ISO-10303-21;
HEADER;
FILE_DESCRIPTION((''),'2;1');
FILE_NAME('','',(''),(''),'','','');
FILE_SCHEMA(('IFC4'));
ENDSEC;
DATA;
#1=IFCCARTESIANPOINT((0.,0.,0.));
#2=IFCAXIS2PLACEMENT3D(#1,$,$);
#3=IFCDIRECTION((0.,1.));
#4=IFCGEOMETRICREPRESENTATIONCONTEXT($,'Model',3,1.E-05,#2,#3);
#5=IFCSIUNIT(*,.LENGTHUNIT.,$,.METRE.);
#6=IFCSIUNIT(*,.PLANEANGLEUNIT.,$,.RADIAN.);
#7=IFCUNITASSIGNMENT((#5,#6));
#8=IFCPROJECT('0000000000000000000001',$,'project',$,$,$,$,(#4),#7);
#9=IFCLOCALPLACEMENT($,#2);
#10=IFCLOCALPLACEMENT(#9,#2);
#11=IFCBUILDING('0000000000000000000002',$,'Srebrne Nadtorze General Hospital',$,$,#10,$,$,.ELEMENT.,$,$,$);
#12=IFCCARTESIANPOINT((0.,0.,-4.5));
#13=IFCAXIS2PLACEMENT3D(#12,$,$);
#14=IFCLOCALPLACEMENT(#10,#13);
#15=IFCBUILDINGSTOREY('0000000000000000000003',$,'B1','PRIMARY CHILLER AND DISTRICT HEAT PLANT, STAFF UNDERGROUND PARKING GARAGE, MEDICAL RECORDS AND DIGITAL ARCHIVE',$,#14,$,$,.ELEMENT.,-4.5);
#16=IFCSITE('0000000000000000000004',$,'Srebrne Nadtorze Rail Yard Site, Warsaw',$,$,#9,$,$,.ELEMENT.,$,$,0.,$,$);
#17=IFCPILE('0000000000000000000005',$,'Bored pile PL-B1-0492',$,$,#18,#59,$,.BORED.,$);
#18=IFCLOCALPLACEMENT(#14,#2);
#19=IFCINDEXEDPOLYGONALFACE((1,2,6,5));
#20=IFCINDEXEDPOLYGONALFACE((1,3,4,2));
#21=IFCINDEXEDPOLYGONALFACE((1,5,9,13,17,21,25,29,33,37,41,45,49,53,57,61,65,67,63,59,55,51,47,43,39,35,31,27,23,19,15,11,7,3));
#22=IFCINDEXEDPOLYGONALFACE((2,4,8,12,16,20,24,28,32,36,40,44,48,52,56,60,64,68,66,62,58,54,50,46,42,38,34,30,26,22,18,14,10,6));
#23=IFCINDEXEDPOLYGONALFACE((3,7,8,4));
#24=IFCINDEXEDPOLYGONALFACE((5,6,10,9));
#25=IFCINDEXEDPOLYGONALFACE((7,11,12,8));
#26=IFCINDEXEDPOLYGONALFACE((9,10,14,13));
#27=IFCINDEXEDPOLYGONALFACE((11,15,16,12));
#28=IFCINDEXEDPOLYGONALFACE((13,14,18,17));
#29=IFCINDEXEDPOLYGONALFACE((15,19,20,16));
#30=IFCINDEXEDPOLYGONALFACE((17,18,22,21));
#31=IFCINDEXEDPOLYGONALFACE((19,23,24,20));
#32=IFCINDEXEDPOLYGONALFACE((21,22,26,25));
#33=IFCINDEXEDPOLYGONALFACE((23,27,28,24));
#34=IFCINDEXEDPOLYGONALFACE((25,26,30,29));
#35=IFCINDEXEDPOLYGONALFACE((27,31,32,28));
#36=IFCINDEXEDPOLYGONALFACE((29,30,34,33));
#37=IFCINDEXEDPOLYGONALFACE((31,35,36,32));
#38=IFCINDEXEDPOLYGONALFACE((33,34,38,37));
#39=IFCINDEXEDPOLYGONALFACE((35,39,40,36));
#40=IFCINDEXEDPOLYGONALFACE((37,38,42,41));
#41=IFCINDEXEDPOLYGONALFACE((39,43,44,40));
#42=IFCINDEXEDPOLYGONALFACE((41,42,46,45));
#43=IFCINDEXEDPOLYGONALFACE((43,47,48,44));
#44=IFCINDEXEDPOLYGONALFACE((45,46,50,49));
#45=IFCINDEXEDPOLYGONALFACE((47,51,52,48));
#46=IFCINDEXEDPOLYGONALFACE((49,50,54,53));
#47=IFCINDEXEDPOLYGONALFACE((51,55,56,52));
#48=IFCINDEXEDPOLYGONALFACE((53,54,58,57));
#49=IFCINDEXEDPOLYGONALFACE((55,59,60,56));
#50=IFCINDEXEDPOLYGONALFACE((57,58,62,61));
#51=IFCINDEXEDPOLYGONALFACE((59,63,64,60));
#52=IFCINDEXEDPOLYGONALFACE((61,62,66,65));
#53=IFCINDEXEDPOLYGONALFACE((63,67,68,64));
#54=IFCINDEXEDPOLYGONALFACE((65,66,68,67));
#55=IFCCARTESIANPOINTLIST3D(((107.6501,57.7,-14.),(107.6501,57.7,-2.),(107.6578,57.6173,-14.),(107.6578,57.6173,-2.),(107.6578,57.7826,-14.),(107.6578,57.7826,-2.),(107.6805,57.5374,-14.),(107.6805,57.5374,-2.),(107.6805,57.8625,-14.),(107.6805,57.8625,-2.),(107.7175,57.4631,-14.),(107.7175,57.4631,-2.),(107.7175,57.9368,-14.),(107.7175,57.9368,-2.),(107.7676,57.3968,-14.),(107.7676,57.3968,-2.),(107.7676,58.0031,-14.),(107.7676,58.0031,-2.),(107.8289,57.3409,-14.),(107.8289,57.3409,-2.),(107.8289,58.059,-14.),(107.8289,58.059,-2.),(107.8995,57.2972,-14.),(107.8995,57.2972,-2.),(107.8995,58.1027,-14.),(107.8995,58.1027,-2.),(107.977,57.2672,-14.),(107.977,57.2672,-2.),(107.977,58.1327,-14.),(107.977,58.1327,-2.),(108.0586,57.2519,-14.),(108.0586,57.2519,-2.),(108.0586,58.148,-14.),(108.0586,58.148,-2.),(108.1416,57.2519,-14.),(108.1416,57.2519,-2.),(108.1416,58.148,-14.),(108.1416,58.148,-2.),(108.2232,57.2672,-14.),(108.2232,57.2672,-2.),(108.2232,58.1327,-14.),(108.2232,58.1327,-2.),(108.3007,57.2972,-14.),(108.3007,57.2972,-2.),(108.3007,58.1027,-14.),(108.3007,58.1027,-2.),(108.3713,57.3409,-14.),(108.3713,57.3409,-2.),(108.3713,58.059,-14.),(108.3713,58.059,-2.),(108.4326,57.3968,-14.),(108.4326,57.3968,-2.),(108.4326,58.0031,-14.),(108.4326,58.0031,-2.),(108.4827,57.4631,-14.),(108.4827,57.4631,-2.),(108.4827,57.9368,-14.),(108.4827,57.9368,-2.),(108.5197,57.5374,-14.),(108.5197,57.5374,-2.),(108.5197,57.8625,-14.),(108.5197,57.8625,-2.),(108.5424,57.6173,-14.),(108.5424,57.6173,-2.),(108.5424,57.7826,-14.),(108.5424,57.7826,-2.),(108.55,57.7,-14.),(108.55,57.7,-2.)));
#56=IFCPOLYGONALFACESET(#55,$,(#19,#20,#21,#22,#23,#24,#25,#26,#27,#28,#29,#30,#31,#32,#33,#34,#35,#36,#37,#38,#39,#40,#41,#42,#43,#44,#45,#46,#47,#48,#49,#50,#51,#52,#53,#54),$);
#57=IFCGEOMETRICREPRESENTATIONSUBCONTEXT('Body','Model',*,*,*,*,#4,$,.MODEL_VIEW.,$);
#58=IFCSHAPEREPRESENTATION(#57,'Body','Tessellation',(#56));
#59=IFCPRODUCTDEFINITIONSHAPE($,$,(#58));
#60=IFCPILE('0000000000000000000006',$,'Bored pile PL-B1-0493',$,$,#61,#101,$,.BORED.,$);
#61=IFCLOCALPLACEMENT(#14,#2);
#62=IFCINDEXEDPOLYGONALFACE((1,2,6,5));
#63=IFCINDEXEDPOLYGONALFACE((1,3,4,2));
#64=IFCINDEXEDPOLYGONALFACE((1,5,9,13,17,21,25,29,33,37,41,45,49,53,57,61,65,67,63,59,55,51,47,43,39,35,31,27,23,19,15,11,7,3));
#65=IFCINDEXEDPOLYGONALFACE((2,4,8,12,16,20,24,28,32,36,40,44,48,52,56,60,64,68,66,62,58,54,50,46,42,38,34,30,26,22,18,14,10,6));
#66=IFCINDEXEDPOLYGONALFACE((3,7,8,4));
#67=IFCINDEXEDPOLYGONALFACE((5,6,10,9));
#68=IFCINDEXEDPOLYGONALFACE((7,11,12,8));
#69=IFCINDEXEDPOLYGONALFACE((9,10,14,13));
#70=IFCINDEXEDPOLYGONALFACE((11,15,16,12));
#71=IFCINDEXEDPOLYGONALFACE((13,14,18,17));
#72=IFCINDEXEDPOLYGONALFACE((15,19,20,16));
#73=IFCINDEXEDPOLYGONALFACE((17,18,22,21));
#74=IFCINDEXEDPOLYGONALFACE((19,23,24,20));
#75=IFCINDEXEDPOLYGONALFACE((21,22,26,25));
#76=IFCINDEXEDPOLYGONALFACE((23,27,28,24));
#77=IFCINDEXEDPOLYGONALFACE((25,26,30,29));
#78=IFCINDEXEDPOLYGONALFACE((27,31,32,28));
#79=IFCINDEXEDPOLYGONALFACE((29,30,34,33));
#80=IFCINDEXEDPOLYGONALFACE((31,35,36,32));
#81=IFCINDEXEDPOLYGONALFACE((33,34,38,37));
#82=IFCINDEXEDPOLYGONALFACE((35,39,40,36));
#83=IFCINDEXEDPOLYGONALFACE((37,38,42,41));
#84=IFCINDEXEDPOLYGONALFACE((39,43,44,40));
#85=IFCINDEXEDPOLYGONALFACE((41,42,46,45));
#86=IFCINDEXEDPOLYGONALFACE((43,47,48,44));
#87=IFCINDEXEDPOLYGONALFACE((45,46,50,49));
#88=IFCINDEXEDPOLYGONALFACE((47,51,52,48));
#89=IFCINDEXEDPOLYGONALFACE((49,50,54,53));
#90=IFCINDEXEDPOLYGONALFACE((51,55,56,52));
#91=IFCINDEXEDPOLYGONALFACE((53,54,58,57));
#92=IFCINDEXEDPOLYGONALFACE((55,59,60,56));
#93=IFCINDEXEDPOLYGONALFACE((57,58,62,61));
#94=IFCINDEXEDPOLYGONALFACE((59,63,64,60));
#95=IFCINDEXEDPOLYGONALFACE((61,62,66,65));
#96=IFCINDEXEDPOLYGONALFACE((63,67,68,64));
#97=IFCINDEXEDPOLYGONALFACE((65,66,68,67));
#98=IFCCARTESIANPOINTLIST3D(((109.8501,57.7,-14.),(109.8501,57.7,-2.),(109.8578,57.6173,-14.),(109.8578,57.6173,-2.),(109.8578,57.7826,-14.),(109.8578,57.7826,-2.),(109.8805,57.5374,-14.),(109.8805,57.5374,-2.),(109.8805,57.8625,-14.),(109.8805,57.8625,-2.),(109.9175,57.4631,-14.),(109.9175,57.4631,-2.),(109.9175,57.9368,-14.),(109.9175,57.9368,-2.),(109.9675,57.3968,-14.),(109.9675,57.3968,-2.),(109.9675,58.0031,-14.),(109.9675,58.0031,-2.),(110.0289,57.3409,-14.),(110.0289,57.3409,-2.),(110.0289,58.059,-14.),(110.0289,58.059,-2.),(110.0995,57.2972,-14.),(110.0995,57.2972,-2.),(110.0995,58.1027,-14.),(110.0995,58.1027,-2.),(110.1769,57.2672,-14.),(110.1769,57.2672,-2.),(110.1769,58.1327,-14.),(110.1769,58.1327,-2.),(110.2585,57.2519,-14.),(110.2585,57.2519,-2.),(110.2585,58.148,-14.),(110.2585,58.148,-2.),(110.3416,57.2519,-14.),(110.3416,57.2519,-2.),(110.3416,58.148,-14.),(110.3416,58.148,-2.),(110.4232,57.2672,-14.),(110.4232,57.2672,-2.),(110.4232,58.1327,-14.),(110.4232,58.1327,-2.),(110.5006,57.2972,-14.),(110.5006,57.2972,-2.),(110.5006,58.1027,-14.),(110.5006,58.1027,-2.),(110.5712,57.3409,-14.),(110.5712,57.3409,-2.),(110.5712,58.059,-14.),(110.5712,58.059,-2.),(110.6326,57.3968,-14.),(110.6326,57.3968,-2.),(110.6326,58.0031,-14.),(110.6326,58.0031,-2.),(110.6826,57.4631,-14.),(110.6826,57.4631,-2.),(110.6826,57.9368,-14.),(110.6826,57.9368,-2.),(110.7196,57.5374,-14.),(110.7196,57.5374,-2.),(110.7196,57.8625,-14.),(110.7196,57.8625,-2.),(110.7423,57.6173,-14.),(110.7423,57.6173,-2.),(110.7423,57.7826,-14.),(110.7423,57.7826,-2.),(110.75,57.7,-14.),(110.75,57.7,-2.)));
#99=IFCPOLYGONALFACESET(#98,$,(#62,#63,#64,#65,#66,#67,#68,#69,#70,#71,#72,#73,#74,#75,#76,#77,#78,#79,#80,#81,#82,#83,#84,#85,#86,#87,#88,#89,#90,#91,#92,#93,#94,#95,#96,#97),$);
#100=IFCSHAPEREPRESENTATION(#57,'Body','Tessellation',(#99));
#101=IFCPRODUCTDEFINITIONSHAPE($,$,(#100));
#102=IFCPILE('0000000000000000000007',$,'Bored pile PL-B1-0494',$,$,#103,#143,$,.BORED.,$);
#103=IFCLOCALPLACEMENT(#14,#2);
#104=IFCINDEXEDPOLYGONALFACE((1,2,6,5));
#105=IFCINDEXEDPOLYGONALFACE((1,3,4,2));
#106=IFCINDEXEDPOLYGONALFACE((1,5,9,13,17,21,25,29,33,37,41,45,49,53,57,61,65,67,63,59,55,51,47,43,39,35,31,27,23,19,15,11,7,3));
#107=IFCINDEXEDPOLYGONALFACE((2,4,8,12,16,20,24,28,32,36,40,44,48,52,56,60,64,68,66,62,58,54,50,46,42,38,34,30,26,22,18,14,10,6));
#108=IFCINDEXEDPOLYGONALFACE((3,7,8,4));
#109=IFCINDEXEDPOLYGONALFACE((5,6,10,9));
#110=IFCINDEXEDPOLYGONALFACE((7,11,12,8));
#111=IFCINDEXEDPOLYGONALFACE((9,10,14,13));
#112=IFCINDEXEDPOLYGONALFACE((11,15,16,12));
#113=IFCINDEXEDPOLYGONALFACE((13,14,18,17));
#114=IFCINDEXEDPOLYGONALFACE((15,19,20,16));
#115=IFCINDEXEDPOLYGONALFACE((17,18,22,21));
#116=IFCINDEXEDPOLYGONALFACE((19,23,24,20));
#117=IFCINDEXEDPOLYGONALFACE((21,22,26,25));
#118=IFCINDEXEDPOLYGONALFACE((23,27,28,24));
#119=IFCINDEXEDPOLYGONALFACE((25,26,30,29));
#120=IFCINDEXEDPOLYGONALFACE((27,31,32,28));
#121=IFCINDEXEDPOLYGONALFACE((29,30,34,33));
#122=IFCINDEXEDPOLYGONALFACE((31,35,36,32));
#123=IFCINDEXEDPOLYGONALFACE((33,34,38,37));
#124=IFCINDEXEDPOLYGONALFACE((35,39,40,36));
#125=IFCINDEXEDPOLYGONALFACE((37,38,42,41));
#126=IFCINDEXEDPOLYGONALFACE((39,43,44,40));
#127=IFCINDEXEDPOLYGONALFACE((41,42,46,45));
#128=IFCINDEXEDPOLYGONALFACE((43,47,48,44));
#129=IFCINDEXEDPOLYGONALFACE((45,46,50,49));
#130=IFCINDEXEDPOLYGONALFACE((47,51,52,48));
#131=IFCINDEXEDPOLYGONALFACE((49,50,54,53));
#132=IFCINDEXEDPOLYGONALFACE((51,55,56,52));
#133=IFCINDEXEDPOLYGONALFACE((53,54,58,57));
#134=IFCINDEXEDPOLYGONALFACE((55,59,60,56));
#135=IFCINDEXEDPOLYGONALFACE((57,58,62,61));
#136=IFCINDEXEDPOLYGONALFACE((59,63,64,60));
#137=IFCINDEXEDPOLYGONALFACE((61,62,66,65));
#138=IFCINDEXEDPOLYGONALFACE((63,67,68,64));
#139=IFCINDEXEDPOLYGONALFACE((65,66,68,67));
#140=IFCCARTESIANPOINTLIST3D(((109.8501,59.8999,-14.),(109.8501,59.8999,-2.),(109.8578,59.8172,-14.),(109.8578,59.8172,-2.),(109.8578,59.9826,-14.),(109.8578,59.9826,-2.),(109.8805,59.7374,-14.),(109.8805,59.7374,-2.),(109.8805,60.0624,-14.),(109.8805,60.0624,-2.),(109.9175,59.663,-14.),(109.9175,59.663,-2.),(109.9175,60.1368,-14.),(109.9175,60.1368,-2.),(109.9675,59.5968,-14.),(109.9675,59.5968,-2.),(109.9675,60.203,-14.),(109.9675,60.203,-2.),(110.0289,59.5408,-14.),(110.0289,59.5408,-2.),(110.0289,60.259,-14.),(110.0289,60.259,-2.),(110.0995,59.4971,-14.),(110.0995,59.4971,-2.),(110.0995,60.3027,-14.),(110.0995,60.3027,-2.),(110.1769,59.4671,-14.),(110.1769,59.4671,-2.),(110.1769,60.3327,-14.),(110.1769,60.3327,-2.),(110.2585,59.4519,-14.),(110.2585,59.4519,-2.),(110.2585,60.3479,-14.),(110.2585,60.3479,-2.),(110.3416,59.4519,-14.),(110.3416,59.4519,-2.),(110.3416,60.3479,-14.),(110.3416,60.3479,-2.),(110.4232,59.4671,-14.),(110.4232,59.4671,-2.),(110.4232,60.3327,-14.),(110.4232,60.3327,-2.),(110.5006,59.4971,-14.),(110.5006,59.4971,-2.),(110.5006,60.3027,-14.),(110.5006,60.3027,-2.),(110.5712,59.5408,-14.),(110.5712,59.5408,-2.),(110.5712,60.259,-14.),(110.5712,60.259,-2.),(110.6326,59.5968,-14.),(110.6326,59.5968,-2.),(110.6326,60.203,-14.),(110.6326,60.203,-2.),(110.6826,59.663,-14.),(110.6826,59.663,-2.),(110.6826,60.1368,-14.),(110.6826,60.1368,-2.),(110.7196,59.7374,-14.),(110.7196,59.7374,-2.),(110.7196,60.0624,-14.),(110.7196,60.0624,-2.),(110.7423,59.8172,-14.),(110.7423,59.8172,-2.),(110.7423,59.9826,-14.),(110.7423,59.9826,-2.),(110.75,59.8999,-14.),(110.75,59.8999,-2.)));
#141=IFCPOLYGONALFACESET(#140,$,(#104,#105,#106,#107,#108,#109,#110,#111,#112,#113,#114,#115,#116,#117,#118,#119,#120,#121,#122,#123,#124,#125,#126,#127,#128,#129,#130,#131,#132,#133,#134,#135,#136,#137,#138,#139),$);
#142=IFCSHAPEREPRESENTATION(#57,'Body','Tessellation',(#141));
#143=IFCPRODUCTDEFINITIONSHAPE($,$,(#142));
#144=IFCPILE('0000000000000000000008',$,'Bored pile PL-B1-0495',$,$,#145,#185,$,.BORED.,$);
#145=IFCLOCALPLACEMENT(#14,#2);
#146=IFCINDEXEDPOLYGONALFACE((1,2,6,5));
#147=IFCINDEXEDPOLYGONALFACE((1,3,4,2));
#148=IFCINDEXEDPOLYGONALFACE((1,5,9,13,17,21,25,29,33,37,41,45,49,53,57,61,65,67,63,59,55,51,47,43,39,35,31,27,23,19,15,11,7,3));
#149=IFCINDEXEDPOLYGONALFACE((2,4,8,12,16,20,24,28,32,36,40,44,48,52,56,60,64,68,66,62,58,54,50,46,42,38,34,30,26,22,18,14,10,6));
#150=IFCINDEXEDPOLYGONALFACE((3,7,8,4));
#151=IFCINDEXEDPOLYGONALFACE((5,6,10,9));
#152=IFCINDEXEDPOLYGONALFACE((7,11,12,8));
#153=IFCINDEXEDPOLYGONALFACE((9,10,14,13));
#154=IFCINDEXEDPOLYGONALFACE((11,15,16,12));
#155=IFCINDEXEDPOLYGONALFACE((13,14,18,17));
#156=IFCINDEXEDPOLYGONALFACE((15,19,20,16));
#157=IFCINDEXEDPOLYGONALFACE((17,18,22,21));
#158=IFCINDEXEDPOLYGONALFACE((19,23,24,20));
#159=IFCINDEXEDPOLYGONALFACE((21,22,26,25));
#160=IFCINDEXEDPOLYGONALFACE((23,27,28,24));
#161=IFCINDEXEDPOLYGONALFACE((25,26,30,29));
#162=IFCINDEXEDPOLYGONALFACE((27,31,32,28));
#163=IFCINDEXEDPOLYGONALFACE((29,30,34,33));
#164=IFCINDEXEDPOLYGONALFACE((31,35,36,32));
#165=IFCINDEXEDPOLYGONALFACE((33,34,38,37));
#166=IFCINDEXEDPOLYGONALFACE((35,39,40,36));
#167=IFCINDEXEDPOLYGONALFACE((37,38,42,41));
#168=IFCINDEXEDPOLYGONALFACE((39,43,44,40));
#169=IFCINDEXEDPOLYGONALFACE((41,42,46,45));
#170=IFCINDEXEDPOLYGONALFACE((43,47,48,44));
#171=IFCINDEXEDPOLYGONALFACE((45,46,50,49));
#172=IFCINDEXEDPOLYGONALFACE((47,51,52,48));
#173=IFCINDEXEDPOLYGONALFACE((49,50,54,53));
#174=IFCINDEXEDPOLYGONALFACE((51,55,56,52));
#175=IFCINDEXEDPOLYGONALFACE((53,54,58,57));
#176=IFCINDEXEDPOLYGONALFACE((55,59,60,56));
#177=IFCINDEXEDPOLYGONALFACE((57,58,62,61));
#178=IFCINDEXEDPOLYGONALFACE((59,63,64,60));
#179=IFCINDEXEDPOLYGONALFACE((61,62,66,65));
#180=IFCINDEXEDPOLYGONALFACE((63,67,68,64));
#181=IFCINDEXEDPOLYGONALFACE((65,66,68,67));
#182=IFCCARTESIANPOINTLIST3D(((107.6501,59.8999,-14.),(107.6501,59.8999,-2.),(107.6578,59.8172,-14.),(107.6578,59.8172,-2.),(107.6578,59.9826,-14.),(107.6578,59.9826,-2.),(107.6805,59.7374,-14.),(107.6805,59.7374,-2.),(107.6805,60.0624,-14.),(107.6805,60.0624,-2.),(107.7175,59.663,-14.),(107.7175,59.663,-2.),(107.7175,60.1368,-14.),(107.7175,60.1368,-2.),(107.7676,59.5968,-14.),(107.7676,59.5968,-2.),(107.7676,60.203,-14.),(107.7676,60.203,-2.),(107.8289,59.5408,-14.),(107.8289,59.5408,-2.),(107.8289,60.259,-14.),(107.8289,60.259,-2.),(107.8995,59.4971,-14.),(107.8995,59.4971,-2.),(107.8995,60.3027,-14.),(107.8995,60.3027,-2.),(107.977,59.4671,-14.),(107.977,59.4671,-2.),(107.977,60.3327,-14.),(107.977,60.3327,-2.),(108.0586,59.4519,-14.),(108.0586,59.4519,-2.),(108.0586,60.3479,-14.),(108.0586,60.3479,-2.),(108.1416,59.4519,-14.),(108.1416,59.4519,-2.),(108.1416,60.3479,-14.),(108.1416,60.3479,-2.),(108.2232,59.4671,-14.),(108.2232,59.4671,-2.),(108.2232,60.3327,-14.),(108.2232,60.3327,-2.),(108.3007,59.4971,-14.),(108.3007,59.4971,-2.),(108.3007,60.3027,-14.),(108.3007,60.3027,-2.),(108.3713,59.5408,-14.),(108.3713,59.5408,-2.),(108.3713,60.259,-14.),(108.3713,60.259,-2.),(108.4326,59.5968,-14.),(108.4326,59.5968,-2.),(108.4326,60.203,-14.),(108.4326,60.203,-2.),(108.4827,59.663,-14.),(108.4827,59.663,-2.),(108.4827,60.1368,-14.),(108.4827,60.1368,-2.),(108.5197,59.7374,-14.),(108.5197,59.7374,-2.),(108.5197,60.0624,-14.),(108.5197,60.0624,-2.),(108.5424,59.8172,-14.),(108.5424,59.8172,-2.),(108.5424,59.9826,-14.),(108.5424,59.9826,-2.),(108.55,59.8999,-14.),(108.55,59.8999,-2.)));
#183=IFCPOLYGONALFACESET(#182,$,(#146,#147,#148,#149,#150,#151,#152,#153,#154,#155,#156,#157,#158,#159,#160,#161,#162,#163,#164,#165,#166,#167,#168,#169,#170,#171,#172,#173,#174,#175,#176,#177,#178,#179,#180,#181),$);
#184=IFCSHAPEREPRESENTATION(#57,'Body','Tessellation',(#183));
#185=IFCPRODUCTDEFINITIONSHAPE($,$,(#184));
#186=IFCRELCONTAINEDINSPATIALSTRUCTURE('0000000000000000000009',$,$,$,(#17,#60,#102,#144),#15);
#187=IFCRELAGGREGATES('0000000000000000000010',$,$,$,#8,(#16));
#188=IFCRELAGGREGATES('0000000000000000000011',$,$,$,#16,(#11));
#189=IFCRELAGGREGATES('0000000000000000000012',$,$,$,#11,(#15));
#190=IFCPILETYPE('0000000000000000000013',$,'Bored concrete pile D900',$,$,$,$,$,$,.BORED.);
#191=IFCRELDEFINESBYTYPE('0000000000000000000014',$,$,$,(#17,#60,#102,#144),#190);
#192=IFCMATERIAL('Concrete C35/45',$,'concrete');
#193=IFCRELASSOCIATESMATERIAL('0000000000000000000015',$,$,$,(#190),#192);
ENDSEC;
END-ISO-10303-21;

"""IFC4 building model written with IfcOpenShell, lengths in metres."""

from ifc_helpers import new_model, si_unit, direction, frame, origin, origin_2d, place, context, subcontext, project, spatial, circle, extrude, material, material_profile, profile_set, type_object, element, save


model = new_model("IFC4")

# Units and contexts
model_context = context("Model", 3, precision=1e-05, world=origin(), true_north=direction((0.0, 1.0)))
body_context = subcontext(model_context, "Body", "Model", "MODEL_VIEW")
ifc_project = project(units=[si_unit("LENGTHUNIT", "METRE"), si_unit("PLANEANGLEUNIT", "RADIAN")], contexts=[model_context])

# Site, building, storey
site_placement = place(None, origin())
site = spatial("IfcSite", under=ifc_project, at=site_placement, Name="Srebrne Nadtorze Rail Yard Site, Warsaw", CompositionType="ELEMENT", RefElevation=0.0)
building_placement = place(site_placement, origin())
building = spatial("IfcBuilding", under=site, at=building_placement, Name="Srebrne Nadtorze General Hospital", CompositionType="ELEMENT")
storey_placement = place(building_placement, frame((0.0, 0.0, -4.5)))
storey = spatial("IfcBuildingStorey", under=building, at=storey_placement, Name="B1", Description="PRIMARY CHILLER AND DISTRICT HEAT PLANT, STAFF UNDERGROUND PARKING GARAGE, MEDICAL RECORDS AND DIGITAL ARCHIVE", CompositionType="ELEMENT", Elevation=-4.5)

# Piles
ifc_material_1 = material(Name="Concrete C35/45", Category="concrete")
ifc_material_profile_1 = material_profile(ifc_material_1, circle(Radius=0.45, at=origin_2d()), Name="PILE-D900")
ifc_profile_set_1 = profile_set([ifc_material_profile_1], Name="Concrete C35/45")
pile_type_1 = type_object("IfcPileType", Name="Bored concrete pile D900", PredefinedType="BORED", material=ifc_profile_set_1)
for number, where, z_axis, x_axis, name in (
    (1, (108.1001, 57.7, -2.0), (0.0, 0.0, -1.0), (1.0, 0.0, 0.0), "Bored pile PL-B1-0492"),
    (2, (110.3, 57.7, -2.0), (0.0, 0.0, -1.0), (1.0, 0.0, 0.0), "Bored pile PL-B1-0493"),
    (3, (110.3, 59.8999, -2.0), (0.0, 0.0, -1.0), (1.0, 0.0, 0.0), "Bored pile PL-B1-0494"),
    (4, (108.1001, 59.8999, -2.0), (0.0, 0.0, -1.0), (1.0, 0.0, 0.0), "Bored pile PL-B1-0495"),
):
    element("IfcPile", number, at=place(storey_placement, frame(where, z_axis=z_axis, x_axis=x_axis)), inside=storey, type_object=pile_type_1, Name=name, PredefinedType="BORED", context=body_context, shape_type="SweptSolid", body=[
        extrude(circle(Radius=0.45, at=origin_2d()), origin(), (0.0, 0.0, 1.0), 12.0),
    ])

save(model, "model.ifc")
